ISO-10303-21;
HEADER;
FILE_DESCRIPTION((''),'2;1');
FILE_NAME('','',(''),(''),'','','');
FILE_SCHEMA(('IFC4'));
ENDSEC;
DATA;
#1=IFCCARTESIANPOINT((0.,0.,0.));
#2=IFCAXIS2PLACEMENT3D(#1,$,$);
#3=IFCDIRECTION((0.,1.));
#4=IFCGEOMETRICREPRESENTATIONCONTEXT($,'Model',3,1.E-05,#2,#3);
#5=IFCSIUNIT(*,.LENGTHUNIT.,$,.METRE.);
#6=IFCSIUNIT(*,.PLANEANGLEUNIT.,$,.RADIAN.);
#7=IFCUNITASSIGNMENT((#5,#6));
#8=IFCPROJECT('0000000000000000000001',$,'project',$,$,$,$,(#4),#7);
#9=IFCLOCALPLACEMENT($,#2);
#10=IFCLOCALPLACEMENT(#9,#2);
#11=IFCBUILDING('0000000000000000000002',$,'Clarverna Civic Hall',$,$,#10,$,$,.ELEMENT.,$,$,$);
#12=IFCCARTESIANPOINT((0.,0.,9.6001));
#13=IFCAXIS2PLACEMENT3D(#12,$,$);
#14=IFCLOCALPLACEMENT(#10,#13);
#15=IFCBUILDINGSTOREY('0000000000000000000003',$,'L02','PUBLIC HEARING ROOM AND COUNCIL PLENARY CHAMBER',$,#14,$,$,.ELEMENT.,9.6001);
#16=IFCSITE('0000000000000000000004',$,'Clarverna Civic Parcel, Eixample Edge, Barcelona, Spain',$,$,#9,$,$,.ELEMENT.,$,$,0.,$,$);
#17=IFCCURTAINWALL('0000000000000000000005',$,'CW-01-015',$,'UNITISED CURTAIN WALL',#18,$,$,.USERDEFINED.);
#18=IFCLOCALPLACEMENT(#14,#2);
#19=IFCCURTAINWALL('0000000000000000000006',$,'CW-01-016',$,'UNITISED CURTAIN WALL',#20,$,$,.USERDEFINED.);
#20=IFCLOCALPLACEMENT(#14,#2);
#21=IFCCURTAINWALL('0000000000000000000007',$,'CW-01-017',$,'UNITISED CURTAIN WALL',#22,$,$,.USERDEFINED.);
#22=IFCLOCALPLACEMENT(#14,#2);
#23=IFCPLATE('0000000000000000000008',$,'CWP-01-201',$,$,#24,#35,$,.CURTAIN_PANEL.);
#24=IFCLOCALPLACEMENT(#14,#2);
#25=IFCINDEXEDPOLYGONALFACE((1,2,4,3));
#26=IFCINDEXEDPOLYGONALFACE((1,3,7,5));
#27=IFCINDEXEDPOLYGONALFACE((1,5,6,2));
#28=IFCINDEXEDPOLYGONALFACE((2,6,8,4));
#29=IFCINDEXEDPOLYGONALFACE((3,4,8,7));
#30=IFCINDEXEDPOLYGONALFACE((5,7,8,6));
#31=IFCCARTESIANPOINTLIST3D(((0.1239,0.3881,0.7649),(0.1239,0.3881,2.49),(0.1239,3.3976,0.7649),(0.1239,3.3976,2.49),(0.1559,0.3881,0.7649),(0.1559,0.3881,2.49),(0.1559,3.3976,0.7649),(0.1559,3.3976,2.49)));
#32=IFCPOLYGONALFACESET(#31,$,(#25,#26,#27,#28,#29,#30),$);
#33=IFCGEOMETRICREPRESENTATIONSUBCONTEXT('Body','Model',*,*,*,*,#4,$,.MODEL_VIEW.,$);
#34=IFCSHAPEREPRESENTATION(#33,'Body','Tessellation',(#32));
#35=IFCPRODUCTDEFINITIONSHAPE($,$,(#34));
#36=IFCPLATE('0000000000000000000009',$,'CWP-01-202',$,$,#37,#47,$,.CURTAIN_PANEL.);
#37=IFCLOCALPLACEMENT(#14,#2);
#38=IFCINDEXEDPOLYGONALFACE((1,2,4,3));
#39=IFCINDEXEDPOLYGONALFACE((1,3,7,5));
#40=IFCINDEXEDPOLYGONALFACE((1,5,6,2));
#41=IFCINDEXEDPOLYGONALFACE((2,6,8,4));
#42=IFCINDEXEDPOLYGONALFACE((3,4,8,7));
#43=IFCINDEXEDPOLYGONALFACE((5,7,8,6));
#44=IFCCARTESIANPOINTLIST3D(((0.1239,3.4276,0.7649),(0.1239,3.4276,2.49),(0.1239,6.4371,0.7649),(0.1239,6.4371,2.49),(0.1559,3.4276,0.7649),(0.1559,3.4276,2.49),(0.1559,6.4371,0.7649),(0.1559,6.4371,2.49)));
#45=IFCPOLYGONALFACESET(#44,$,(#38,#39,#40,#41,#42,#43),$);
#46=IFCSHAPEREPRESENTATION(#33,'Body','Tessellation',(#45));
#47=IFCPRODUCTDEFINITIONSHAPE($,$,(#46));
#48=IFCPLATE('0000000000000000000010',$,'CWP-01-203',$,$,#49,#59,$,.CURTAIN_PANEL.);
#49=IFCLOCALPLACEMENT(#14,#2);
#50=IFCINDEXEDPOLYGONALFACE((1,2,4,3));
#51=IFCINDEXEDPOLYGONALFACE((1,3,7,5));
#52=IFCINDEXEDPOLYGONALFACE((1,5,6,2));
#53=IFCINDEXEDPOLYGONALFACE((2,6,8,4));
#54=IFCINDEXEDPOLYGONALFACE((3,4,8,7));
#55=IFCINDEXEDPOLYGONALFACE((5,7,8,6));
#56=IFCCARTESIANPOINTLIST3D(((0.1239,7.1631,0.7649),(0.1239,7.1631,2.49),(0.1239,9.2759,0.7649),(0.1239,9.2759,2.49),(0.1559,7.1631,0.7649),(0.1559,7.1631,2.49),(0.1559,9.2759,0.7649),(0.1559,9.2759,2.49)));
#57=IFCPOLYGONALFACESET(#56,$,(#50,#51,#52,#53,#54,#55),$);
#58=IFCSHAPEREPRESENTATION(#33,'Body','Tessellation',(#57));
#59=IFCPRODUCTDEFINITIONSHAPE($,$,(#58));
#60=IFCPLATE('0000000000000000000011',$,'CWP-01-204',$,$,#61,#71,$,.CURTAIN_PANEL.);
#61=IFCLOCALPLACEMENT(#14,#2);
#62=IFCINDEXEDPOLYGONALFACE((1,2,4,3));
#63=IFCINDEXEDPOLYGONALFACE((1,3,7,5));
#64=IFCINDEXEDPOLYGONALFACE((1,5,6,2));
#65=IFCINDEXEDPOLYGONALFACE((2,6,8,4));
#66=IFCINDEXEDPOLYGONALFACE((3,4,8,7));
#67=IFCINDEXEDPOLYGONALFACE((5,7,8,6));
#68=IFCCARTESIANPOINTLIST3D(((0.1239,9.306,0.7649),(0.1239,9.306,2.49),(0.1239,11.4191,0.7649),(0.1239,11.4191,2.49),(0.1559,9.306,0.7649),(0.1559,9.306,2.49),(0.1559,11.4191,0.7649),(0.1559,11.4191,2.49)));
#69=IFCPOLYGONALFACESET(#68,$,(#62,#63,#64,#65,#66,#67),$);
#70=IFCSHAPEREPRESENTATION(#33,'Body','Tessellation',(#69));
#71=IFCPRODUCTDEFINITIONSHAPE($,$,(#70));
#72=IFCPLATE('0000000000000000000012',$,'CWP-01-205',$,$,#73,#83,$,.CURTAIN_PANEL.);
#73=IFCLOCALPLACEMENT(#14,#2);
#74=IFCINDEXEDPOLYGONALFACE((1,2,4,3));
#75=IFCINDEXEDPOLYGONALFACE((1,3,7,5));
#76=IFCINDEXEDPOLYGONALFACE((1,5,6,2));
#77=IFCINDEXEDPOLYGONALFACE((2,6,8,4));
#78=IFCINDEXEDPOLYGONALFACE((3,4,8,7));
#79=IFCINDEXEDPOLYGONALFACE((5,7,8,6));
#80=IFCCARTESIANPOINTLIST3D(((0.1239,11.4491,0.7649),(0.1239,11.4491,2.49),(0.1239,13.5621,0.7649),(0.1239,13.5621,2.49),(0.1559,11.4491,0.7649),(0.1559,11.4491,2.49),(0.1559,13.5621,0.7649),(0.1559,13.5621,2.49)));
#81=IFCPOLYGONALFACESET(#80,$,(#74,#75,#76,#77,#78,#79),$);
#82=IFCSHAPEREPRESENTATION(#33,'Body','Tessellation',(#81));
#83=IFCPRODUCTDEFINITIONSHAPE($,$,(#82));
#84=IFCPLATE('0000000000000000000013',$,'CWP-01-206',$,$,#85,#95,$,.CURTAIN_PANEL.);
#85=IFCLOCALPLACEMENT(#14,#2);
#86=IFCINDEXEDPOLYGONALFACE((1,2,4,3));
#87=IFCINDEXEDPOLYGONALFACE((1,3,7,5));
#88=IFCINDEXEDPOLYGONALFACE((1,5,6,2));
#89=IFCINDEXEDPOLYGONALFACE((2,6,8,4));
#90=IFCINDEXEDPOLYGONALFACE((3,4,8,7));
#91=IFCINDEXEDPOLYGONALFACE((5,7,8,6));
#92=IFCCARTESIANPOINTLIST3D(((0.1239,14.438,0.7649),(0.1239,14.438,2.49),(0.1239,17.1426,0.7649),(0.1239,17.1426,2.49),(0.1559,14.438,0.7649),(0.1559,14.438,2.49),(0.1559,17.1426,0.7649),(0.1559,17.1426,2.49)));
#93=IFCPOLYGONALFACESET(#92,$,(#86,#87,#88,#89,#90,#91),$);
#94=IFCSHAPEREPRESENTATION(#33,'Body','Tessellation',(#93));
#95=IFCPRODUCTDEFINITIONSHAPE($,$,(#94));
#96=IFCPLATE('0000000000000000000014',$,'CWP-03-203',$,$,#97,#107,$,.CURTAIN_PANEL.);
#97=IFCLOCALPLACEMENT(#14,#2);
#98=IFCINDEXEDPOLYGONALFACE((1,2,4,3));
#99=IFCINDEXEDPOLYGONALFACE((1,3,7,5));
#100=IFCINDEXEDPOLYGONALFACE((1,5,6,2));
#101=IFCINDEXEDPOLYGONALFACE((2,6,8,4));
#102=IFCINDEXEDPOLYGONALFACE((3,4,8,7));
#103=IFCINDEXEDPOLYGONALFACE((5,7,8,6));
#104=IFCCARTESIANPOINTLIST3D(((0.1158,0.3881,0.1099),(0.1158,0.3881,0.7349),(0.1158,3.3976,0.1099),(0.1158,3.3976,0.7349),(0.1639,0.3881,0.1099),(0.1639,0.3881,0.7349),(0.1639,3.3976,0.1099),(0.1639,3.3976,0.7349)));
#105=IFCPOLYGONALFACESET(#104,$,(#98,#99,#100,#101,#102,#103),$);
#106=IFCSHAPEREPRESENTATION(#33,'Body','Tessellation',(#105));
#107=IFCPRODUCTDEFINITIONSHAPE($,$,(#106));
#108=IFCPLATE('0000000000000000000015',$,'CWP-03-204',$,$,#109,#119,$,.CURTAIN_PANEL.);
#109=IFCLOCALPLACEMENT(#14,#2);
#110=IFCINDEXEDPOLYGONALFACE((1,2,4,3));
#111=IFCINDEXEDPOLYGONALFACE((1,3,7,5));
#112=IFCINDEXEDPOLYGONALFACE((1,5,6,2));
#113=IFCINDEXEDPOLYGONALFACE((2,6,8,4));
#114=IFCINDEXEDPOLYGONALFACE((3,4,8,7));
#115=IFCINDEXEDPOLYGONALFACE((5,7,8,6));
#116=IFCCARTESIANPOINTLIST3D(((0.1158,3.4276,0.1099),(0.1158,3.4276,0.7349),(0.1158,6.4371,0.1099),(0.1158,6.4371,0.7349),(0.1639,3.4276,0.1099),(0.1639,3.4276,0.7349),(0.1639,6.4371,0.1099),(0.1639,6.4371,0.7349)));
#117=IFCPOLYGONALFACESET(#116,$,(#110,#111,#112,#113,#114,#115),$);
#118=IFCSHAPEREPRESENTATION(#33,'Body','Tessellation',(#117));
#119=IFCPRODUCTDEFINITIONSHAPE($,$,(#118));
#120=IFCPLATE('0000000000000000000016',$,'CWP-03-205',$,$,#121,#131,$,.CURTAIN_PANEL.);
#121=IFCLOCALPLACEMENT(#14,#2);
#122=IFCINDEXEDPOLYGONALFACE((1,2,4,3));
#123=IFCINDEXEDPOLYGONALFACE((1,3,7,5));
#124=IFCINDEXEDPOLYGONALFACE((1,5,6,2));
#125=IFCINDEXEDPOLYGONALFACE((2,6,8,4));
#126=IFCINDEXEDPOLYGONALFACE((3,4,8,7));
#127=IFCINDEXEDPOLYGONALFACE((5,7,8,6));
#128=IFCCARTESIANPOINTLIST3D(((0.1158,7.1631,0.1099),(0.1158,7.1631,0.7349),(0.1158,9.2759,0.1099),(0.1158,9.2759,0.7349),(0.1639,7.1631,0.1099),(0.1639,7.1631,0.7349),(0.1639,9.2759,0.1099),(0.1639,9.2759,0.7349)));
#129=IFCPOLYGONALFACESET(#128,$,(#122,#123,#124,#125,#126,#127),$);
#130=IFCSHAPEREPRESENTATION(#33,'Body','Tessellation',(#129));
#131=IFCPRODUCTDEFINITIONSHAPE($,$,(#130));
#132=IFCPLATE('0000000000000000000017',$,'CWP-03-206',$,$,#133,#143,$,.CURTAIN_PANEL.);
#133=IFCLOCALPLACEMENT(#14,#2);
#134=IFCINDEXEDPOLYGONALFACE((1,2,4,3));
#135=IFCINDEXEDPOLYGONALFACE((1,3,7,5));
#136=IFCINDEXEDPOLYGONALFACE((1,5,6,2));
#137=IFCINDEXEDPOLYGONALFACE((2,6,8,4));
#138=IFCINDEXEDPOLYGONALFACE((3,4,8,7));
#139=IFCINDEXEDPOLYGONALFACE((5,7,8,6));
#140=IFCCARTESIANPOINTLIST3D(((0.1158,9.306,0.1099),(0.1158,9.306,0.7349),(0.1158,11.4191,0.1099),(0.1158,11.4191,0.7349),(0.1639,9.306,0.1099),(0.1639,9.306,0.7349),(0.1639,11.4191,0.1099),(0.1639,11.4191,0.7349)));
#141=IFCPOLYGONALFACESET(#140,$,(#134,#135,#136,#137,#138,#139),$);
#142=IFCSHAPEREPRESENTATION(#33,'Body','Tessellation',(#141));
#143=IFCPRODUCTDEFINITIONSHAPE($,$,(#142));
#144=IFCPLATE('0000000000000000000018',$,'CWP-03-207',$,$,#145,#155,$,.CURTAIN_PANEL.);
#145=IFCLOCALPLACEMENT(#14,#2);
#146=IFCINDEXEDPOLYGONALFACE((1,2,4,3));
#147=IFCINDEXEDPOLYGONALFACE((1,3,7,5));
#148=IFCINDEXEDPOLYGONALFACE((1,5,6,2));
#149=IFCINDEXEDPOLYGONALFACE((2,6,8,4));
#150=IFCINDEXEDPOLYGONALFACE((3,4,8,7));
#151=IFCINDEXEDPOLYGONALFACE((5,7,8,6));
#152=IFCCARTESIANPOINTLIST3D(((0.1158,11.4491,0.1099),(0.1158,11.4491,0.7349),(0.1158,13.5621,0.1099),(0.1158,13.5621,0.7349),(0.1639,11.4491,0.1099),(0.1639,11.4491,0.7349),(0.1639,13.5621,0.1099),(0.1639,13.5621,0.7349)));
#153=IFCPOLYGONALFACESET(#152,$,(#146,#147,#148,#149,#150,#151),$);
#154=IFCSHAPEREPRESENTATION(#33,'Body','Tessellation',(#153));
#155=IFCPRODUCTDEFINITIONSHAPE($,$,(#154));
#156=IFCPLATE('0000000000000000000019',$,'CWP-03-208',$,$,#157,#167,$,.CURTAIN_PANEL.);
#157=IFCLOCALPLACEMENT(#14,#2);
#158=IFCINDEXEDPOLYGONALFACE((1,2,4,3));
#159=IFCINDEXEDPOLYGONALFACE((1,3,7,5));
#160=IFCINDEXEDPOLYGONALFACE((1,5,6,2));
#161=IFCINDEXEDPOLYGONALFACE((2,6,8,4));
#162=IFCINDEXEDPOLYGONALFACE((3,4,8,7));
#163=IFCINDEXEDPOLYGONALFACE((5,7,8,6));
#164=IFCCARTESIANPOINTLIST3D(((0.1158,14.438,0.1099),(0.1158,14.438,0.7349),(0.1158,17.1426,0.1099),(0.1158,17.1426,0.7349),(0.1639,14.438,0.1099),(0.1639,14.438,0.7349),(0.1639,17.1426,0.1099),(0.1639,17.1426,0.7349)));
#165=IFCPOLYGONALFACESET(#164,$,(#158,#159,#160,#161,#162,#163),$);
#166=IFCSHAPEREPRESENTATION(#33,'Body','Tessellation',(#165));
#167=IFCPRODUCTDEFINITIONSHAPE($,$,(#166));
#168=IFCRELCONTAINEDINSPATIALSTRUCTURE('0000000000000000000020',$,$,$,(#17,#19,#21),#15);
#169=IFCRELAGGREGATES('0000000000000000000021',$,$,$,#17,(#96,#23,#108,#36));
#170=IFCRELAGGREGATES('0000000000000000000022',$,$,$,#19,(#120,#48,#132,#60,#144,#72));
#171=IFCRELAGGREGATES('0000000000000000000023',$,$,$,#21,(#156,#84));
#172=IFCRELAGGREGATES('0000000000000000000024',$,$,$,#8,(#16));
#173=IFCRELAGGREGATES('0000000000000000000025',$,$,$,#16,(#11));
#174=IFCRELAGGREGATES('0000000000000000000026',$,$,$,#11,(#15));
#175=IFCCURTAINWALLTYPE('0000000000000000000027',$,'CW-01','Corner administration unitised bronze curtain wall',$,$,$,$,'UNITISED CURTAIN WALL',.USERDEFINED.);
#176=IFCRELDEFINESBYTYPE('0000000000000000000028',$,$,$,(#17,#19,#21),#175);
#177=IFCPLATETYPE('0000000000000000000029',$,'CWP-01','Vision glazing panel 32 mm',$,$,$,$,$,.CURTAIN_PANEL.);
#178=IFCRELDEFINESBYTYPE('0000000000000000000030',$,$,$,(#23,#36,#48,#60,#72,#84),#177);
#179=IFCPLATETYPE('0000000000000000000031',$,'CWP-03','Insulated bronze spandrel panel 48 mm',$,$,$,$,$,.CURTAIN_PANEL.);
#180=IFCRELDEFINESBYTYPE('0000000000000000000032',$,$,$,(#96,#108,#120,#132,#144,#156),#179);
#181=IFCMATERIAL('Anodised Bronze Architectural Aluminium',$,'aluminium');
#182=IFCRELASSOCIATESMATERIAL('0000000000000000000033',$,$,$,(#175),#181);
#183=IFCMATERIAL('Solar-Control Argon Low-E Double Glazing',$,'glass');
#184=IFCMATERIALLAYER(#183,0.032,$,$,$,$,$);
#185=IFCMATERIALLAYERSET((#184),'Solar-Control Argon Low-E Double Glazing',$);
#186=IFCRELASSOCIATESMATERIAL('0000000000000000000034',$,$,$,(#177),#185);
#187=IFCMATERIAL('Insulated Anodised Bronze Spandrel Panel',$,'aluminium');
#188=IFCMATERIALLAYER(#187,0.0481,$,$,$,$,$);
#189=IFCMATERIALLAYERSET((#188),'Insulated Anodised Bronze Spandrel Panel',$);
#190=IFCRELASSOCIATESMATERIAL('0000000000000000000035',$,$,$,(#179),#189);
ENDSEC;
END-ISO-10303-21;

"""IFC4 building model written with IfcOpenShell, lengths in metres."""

from ifc_helpers import new_model, si_unit, direction, frame, frame_2d, origin, place, context, subcontext, project, spatial, rectangle, extrude, material, layer, layer_set, type_object, element, aggregate, save


model = new_model("IFC4")

# Units and contexts
model_context = context("Model", 3, precision=1e-05, world=origin(), true_north=direction((0.0, 1.0)))
body_context = subcontext(model_context, "Body", "Model", "MODEL_VIEW")
ifc_project = project(units=[si_unit("LENGTHUNIT", "METRE"), si_unit("PLANEANGLEUNIT", "RADIAN")], contexts=[model_context])

# Site, building, storey
site_placement = place(None, origin())
site = spatial("IfcSite", under=ifc_project, at=site_placement, Name="Clarverna Civic Parcel, Eixample Edge, Barcelona, Spain", CompositionType="ELEMENT", RefElevation=0.0)
building_placement = place(site_placement, origin())
building = spatial("IfcBuilding", under=site, at=building_placement, Name="Clarverna Civic Hall", CompositionType="ELEMENT")
storey_placement = place(building_placement, frame((0.0, 0.0, 9.6001)))
storey = spatial("IfcBuildingStorey", under=building, at=storey_placement, Name="L02", Description="PUBLIC HEARING ROOM AND COUNCIL PLENARY CHAMBER", CompositionType="ELEMENT", Elevation=9.6001)

# Curtain walls
ifc_material_1 = material(Name="Anodised Bronze Architectural Aluminium", Category="aluminium")
curtain_wall_type = type_object("IfcCurtainWallType", Name="CW-01", Description="Corner administration unitised bronze curtain wall", ElementType="UNITISED CURTAIN WALL", PredefinedType="USERDEFINED", material=ifc_material_1)
curtain_wall_1_placement = place(storey_placement, origin())
curtain_wall_1 = element("IfcCurtainWall", 1, at=curtain_wall_1_placement, inside=storey, type_object=curtain_wall_type, Name="CW-01-015", ObjectType="UNITISED CURTAIN WALL", PredefinedType="USERDEFINED")
curtain_wall_2_placement = place(storey_placement, origin())
curtain_wall_2 = element("IfcCurtainWall", 2, at=curtain_wall_2_placement, inside=storey, type_object=curtain_wall_type, Name="CW-01-016", ObjectType="UNITISED CURTAIN WALL", PredefinedType="USERDEFINED")
curtain_wall_3_placement = place(storey_placement, origin())
curtain_wall_3 = element("IfcCurtainWall", 3, at=curtain_wall_3_placement, inside=storey, type_object=curtain_wall_type, Name="CW-01-017", ObjectType="UNITISED CURTAIN WALL", PredefinedType="USERDEFINED")

# Plates
ifc_material_2 = material(Name="Solar-Control Argon Low-E Double Glazing", Category="glass")
ifc_layer_1 = layer(ifc_material_2, 0.032)
ifc_layer_set_1 = layer_set([ifc_layer_1], Name="Solar-Control Argon Low-E Double Glazing")
plate_type_1 = type_object("IfcPlateType", Name="CWP-01", Description="Vision glazing panel 32 mm", PredefinedType="CURTAIN_PANEL", material=ifc_layer_set_1)
plate_1_placement = place(storey_placement, frame((0.1399, 0.3879, 0.7649), z_axis=(0.0, 0.0, 1.0), x_axis=(0.0, 1.0, 0.0)))
plate_1 = element("IfcPlate", 4, at=plate_1_placement, type_object=plate_type_1, Name="CWP-01-201", PredefinedType="CURTAIN_PANEL", context=body_context, shape_type="SweptSolid", body=[
    extrude(rectangle(XDim=3.0095, YDim=0.032, at=frame_2d((1.5049, 0.0))), origin(), (0.0, 0.0, 1.0), 1.7251),
])
plate_2_placement = place(storey_placement, frame((0.1399, 3.4275, 0.7649), z_axis=(0.0, 0.0, 1.0), x_axis=(0.0, 1.0, 0.0)))
plate_2 = element("IfcPlate", 5, at=plate_2_placement, type_object=plate_type_1, Name="CWP-01-202", PredefinedType="CURTAIN_PANEL", context=body_context, shape_type="SweptSolid", body=[
    extrude(rectangle(XDim=3.0095, YDim=0.032, at=frame_2d((1.5049, 0.0))), origin(), (0.0, 0.0, 1.0), 1.7251),
])
plate_3_placement = place(storey_placement, frame((0.1399, 7.1631, 0.7649), z_axis=(0.0, 0.0, 1.0), x_axis=(0.0, 1.0, 0.0)))
plate_3 = element("IfcPlate", 6, at=plate_3_placement, type_object=plate_type_1, Name="CWP-01-203", PredefinedType="CURTAIN_PANEL", context=body_context, shape_type="SweptSolid", body=[
    extrude(rectangle(XDim=2.1128, YDim=0.032, at=frame_2d((1.0564, 0.0))), origin(), (0.0, 0.0, 1.0), 1.7251),
])
plate_4_placement = place(storey_placement, frame((0.1399, 9.3059, 0.7649), z_axis=(0.0, 0.0, 1.0), x_axis=(0.0, 1.0, 0.0)))
plate_4 = element("IfcPlate", 7, at=plate_4_placement, type_object=plate_type_1, Name="CWP-01-204", PredefinedType="CURTAIN_PANEL", context=body_context, shape_type="SweptSolid", body=[
    extrude(rectangle(XDim=2.113, YDim=0.032, at=frame_2d((1.0566, 0.0))), origin(), (0.0, 0.0, 1.0), 1.7251),
])
plate_5_placement = place(storey_placement, frame((0.1399, 11.449, 0.7649), z_axis=(0.0, 0.0, 1.0), x_axis=(0.0, 1.0, 0.0)))
plate_5 = element("IfcPlate", 8, at=plate_5_placement, type_object=plate_type_1, Name="CWP-01-205", PredefinedType="CURTAIN_PANEL", context=body_context, shape_type="SweptSolid", body=[
    extrude(rectangle(XDim=2.113, YDim=0.032, at=frame_2d((1.0566, 0.0))), origin(), (0.0, 0.0, 1.0), 1.7251),
])
plate_6_placement = place(storey_placement, frame((0.1399, 14.438, 0.7649), z_axis=(0.0, 0.0, 1.0), x_axis=(0.0, 1.0, 0.0)))
plate_6 = element("IfcPlate", 9, at=plate_6_placement, type_object=plate_type_1, Name="CWP-01-206", PredefinedType="CURTAIN_PANEL", context=body_context, shape_type="SweptSolid", body=[
    extrude(rectangle(XDim=2.7046, YDim=0.032, at=frame_2d((1.3523, 0.0))), origin(), (0.0, 0.0, 1.0), 1.7251),
])
ifc_material_3 = material(Name="Insulated Anodised Bronze Spandrel Panel", Category="aluminium")
ifc_layer_2 = layer(ifc_material_3, 0.0481)
ifc_layer_set_2 = layer_set([ifc_layer_2], Name="Insulated Anodised Bronze Spandrel Panel")
plate_type_2 = type_object("IfcPlateType", Name="CWP-03", Description="Insulated bronze spandrel panel 48 mm", PredefinedType="CURTAIN_PANEL", material=ifc_layer_set_2)
plate_7_placement = place(storey_placement, frame((0.1399, 0.3879, 0.1099), z_axis=(0.0, 0.0, 1.0), x_axis=(0.0, 1.0, 0.0)))
plate_7 = element("IfcPlate", 10, at=plate_7_placement, type_object=plate_type_2, Name="CWP-03-203", PredefinedType="CURTAIN_PANEL", context=body_context, shape_type="SweptSolid", body=[
    extrude(rectangle(XDim=3.0095, YDim=0.0481, at=frame_2d((1.5049, 0.0))), origin(), (0.0, 0.0, 1.0), 0.625),
])
plate_8_placement = place(storey_placement, frame((0.1399, 3.4275, 0.1099), z_axis=(0.0, 0.0, 1.0), x_axis=(0.0, 1.0, 0.0)))
plate_8 = element("IfcPlate", 11, at=plate_8_placement, type_object=plate_type_2, Name="CWP-03-204", PredefinedType="CURTAIN_PANEL", context=body_context, shape_type="SweptSolid", body=[
    extrude(rectangle(XDim=3.0095, YDim=0.0481, at=frame_2d((1.5049, 0.0))), origin(), (0.0, 0.0, 1.0), 0.625),
])
aggregate(curtain_wall_1, [plate_7, plate_1, plate_8, plate_2])
plate_9_placement = place(storey_placement, frame((0.1399, 7.1631, 0.1099), z_axis=(0.0, 0.0, 1.0), x_axis=(0.0, 1.0, 0.0)))
plate_9 = element("IfcPlate", 12, at=plate_9_placement, type_object=plate_type_2, Name="CWP-03-205", PredefinedType="CURTAIN_PANEL", context=body_context, shape_type="SweptSolid", body=[
    extrude(rectangle(XDim=2.1128, YDim=0.0481, at=frame_2d((1.0564, 0.0))), origin(), (0.0, 0.0, 1.0), 0.625),
])
plate_10_placement = place(storey_placement, frame((0.1399, 9.3059, 0.1099), z_axis=(0.0, 0.0, 1.0), x_axis=(0.0, 1.0, 0.0)))
plate_10 = element("IfcPlate", 13, at=plate_10_placement, type_object=plate_type_2, Name="CWP-03-206", PredefinedType="CURTAIN_PANEL", context=body_context, shape_type="SweptSolid", body=[
    extrude(rectangle(XDim=2.113, YDim=0.0481, at=frame_2d((1.0566, 0.0))), origin(), (0.0, 0.0, 1.0), 0.625),
])
plate_11_placement = place(storey_placement, frame((0.1399, 11.449, 0.1099), z_axis=(0.0, 0.0, 1.0), x_axis=(0.0, 1.0, 0.0)))
plate_11 = element("IfcPlate", 14, at=plate_11_placement, type_object=plate_type_2, Name="CWP-03-207", PredefinedType="CURTAIN_PANEL", context=body_context, shape_type="SweptSolid", body=[
    extrude(rectangle(XDim=2.113, YDim=0.0481, at=frame_2d((1.0566, 0.0))), origin(), (0.0, 0.0, 1.0), 0.625),
])
aggregate(curtain_wall_2, [plate_9, plate_3, plate_10, plate_4, plate_11, plate_5])
plate_12_placement = place(storey_placement, frame((0.1399, 14.438, 0.1099), z_axis=(0.0, 0.0, 1.0), x_axis=(0.0, 1.0, 0.0)))
plate_12 = element("IfcPlate", 15, at=plate_12_placement, type_object=plate_type_2, Name="CWP-03-208", PredefinedType="CURTAIN_PANEL", context=body_context, shape_type="SweptSolid", body=[
    extrude(rectangle(XDim=2.7046, YDim=0.0481, at=frame_2d((1.3523, 0.0))), origin(), (0.0, 0.0, 1.0), 0.625),
])
aggregate(curtain_wall_3, [plate_12, plate_6])

save(model, "model.ifc")
